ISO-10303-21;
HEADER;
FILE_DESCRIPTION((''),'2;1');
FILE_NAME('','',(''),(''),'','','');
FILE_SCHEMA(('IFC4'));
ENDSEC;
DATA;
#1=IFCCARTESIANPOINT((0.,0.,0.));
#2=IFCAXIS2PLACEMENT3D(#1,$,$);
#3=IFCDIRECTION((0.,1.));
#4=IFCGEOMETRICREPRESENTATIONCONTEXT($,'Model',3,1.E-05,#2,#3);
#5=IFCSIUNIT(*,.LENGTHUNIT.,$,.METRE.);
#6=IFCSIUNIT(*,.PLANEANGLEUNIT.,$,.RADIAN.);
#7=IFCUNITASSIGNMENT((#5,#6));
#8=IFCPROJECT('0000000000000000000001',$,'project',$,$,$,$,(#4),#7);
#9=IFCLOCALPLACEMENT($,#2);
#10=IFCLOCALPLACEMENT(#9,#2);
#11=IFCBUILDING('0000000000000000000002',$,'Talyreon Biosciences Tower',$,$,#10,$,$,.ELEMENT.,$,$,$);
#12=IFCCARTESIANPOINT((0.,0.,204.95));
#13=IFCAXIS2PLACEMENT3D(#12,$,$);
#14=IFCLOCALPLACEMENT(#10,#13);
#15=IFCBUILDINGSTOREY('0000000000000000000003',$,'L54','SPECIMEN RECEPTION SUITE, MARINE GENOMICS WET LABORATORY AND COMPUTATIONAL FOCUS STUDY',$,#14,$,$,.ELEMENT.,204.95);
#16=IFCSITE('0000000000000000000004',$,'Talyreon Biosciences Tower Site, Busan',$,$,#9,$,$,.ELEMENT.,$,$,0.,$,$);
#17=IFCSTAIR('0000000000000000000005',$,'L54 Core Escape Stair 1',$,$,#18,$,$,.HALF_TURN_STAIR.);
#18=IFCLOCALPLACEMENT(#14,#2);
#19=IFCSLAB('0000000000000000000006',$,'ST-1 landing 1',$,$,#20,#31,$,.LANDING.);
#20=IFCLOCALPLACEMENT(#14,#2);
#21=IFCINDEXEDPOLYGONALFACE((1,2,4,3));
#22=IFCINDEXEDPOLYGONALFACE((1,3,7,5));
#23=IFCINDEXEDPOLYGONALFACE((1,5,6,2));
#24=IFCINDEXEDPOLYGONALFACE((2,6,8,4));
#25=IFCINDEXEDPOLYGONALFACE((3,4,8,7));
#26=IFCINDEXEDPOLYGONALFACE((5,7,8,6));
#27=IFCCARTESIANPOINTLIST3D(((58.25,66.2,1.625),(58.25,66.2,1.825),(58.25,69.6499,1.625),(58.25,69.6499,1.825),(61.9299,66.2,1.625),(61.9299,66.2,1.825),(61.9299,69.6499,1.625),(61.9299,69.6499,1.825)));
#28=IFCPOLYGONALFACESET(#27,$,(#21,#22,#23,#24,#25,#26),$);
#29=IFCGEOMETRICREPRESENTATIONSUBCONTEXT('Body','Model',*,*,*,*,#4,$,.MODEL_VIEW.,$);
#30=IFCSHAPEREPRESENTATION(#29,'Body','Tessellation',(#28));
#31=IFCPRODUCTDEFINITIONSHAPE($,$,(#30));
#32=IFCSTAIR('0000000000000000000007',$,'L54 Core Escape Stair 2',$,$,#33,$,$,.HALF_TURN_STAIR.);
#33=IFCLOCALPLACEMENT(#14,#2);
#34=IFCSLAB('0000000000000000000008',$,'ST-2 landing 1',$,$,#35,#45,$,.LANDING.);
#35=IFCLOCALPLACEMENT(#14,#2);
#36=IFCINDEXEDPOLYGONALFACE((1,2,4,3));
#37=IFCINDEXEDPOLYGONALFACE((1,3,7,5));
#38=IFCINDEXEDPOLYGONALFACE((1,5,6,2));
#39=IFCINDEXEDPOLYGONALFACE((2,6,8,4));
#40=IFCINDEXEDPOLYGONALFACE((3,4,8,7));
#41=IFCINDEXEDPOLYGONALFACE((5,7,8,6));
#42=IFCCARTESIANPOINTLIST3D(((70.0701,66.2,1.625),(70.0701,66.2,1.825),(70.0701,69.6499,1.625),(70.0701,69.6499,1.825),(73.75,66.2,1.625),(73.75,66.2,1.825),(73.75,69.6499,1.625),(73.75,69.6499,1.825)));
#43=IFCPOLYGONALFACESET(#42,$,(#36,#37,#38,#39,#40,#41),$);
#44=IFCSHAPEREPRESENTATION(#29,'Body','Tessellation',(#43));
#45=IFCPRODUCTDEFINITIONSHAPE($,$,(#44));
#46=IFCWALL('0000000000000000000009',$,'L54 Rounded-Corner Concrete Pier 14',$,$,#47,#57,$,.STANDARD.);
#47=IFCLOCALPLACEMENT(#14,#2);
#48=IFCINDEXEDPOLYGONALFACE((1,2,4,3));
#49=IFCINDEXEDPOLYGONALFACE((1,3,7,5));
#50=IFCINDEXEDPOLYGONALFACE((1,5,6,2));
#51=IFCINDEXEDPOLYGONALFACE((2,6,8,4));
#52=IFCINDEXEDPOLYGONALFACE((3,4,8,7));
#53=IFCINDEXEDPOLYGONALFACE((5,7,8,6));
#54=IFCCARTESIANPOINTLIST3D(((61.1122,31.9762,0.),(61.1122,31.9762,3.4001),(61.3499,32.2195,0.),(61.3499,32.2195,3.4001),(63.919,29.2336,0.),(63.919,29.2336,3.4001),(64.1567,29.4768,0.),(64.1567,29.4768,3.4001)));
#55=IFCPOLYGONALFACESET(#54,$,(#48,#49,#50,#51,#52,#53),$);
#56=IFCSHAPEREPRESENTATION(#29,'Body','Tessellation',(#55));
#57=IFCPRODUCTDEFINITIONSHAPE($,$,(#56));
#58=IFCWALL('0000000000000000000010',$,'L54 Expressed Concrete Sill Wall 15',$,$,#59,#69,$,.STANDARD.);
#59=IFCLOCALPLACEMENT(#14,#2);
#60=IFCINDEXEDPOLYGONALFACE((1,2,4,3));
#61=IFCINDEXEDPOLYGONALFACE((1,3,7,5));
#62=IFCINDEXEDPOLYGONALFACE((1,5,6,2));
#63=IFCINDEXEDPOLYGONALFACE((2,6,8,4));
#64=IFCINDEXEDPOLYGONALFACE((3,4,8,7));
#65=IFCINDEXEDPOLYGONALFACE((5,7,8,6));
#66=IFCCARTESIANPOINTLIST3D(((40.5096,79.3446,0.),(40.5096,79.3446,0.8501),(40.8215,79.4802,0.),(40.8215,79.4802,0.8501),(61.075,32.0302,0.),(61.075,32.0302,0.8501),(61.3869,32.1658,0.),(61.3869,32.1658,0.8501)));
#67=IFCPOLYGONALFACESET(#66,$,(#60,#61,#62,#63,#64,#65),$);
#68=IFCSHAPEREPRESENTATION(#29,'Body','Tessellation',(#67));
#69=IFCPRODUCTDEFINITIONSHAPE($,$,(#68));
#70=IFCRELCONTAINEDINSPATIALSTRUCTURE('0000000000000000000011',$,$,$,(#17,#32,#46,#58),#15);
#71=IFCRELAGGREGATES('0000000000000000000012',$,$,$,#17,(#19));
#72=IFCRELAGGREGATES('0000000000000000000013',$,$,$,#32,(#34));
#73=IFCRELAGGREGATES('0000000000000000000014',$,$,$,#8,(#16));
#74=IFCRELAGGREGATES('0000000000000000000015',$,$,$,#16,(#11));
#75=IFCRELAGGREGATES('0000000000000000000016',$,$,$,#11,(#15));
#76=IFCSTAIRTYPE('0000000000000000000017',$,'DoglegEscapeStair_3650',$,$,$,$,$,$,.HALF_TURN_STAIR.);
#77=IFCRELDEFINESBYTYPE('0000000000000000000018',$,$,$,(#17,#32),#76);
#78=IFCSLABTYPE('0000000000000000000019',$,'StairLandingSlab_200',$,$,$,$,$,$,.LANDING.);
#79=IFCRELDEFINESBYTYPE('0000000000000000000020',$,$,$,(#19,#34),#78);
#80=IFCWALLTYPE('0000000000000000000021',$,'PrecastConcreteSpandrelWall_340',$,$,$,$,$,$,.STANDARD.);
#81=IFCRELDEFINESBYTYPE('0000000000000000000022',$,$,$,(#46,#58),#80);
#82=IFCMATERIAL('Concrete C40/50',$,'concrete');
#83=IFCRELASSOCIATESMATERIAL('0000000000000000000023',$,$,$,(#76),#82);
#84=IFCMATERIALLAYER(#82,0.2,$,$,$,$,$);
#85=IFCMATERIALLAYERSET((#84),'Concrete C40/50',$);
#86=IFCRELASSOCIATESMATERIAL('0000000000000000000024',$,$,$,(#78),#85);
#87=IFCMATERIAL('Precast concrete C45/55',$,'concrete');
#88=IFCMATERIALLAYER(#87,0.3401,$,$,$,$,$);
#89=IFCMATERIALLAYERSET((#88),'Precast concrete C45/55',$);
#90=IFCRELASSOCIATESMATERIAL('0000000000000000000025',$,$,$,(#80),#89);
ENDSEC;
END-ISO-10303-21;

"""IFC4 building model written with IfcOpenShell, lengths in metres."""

from ifc_helpers import new_model, si_unit, direction, frame, frame_2d, origin, place, context, subcontext, project, spatial, polyline, rectangle, outline, extrude, material, layer, layer_set, type_object, element, aggregate, save


model = new_model("IFC4")

# Units and contexts
model_context = context("Model", 3, precision=1e-05, world=origin(), true_north=direction((0.0, 1.0)))
body_context = subcontext(model_context, "Body", "Model", "MODEL_VIEW")
ifc_project = project(units=[si_unit("LENGTHUNIT", "METRE"), si_unit("PLANEANGLEUNIT", "RADIAN")], contexts=[model_context])

# Site, building, storey
site_placement = place(None, origin())
site = spatial("IfcSite", under=ifc_project, at=site_placement, Name="Talyreon Biosciences Tower Site, Busan", CompositionType="ELEMENT", RefElevation=0.0)
building_placement = place(site_placement, origin())
building = spatial("IfcBuilding", under=site, at=building_placement, Name="Talyreon Biosciences Tower", CompositionType="ELEMENT")
storey_placement = place(building_placement, frame((0.0, 0.0, 204.95)))
storey = spatial("IfcBuildingStorey", under=building, at=storey_placement, Name="L54", Description="SPECIMEN RECEPTION SUITE, MARINE GENOMICS WET LABORATORY AND COMPUTATIONAL FOCUS STUDY", CompositionType="ELEMENT", Elevation=204.95)

# Shared definitions
ifc_material_1 = material(Name="Precast concrete C45/55", Category="concrete")

# Shared definitions
ifc_material_2 = material(Name="Concrete C40/50", Category="concrete")

# Stairs, slabs
stair_type = type_object("IfcStairType", Name="DoglegEscapeStair_3650", PredefinedType="HALF_TURN_STAIR", material=ifc_material_2)
stair_1_placement = place(storey_placement, origin())
stair_1 = element("IfcStair", 1, at=stair_1_placement, inside=storey, type_object=stair_type, Name="L54 Core Escape Stair 1", PredefinedType="HALF_TURN_STAIR")
ifc_layer_1 = layer(ifc_material_2, 0.2)
ifc_layer_set_1 = layer_set([ifc_layer_1], Name="Concrete C40/50")
slab_type_1 = type_object("IfcSlabType", Name="StairLandingSlab_200", PredefinedType="LANDING", material=ifc_layer_set_1)
slab_1_placement = place(storey_placement, frame((0.0, 0.0, 1.625)))
slab_1 = element("IfcSlab", 2, at=slab_1_placement, type_object=slab_type_1, Name="ST-1 landing 1", PredefinedType="LANDING", context=body_context, shape_type="SweptSolid", body=[
    extrude(outline(polyline([(61.9299, 66.2), (61.9299, 69.6499), (58.25, 69.6499), (58.25, 66.2), (61.9299, 66.2)])), origin(), (0.0, 0.0, 1.0), 0.2),
])
aggregate(stair_1, [slab_1])
stair_2_placement = place(storey_placement, origin())
stair_2 = element("IfcStair", 3, at=stair_2_placement, inside=storey, type_object=stair_type, Name="L54 Core Escape Stair 2", PredefinedType="HALF_TURN_STAIR")
slab_2_placement = place(storey_placement, frame((0.0, 0.0, 1.625)))
slab_2 = element("IfcSlab", 4, at=slab_2_placement, type_object=slab_type_1, Name="ST-2 landing 1", PredefinedType="LANDING", context=body_context, shape_type="SweptSolid", body=[
    extrude(outline(polyline([(73.75, 66.2), (73.75, 69.6499), (70.0701, 69.6499), (70.0701, 66.2), (73.75, 66.2)])), origin(), (0.0, 0.0, 1.0), 0.2),
])
aggregate(stair_2, [slab_2])

# Walls
ifc_layer_2 = layer(ifc_material_1, 0.3401)
ifc_layer_set_2 = layer_set([ifc_layer_2], Name="Precast concrete C45/55")
wall_type = type_object("IfcWallType", Name="PrecastConcreteSpandrelWall_340", PredefinedType="STANDARD", material=ifc_layer_set_2)
wall_1_placement = place(storey_placement, frame((64.0378, 29.3552, 0.0), z_axis=(0.0, 0.0, 1.0), x_axis=(-0.71524, 0.698879, 0.0)))
element("IfcWall", 5, at=wall_1_placement, inside=storey, type_object=wall_type, Name="L54 Rounded-Corner Concrete Pier 14", PredefinedType="STANDARD", context=body_context, shape_type="SweptSolid", body=[
    extrude(rectangle(XDim=3.9243, YDim=0.3401, at=frame_2d((1.9622, 0.0))), origin(), (0.0, 0.0, 1.0), 3.4001),
])
wall_2_placement = place(storey_placement, frame((61.231, 32.0979, 0.0), z_axis=(0.0, 0.0, 1.0), x_axis=(-0.398627, 0.917113, 0.0)))
element("IfcWall", 6, at=wall_2_placement, inside=storey, type_object=wall_type, Name="L54 Expressed Concrete Sill Wall 15", PredefinedType="STANDARD", context=body_context, shape_type="SweptSolid", body=[
    extrude(rectangle(XDim=51.5906, YDim=0.3401, at=frame_2d((25.7954, 0.0))), origin(), (0.0, 0.0, 1.0), 0.8501),
])

save(model, "model.ifc")
